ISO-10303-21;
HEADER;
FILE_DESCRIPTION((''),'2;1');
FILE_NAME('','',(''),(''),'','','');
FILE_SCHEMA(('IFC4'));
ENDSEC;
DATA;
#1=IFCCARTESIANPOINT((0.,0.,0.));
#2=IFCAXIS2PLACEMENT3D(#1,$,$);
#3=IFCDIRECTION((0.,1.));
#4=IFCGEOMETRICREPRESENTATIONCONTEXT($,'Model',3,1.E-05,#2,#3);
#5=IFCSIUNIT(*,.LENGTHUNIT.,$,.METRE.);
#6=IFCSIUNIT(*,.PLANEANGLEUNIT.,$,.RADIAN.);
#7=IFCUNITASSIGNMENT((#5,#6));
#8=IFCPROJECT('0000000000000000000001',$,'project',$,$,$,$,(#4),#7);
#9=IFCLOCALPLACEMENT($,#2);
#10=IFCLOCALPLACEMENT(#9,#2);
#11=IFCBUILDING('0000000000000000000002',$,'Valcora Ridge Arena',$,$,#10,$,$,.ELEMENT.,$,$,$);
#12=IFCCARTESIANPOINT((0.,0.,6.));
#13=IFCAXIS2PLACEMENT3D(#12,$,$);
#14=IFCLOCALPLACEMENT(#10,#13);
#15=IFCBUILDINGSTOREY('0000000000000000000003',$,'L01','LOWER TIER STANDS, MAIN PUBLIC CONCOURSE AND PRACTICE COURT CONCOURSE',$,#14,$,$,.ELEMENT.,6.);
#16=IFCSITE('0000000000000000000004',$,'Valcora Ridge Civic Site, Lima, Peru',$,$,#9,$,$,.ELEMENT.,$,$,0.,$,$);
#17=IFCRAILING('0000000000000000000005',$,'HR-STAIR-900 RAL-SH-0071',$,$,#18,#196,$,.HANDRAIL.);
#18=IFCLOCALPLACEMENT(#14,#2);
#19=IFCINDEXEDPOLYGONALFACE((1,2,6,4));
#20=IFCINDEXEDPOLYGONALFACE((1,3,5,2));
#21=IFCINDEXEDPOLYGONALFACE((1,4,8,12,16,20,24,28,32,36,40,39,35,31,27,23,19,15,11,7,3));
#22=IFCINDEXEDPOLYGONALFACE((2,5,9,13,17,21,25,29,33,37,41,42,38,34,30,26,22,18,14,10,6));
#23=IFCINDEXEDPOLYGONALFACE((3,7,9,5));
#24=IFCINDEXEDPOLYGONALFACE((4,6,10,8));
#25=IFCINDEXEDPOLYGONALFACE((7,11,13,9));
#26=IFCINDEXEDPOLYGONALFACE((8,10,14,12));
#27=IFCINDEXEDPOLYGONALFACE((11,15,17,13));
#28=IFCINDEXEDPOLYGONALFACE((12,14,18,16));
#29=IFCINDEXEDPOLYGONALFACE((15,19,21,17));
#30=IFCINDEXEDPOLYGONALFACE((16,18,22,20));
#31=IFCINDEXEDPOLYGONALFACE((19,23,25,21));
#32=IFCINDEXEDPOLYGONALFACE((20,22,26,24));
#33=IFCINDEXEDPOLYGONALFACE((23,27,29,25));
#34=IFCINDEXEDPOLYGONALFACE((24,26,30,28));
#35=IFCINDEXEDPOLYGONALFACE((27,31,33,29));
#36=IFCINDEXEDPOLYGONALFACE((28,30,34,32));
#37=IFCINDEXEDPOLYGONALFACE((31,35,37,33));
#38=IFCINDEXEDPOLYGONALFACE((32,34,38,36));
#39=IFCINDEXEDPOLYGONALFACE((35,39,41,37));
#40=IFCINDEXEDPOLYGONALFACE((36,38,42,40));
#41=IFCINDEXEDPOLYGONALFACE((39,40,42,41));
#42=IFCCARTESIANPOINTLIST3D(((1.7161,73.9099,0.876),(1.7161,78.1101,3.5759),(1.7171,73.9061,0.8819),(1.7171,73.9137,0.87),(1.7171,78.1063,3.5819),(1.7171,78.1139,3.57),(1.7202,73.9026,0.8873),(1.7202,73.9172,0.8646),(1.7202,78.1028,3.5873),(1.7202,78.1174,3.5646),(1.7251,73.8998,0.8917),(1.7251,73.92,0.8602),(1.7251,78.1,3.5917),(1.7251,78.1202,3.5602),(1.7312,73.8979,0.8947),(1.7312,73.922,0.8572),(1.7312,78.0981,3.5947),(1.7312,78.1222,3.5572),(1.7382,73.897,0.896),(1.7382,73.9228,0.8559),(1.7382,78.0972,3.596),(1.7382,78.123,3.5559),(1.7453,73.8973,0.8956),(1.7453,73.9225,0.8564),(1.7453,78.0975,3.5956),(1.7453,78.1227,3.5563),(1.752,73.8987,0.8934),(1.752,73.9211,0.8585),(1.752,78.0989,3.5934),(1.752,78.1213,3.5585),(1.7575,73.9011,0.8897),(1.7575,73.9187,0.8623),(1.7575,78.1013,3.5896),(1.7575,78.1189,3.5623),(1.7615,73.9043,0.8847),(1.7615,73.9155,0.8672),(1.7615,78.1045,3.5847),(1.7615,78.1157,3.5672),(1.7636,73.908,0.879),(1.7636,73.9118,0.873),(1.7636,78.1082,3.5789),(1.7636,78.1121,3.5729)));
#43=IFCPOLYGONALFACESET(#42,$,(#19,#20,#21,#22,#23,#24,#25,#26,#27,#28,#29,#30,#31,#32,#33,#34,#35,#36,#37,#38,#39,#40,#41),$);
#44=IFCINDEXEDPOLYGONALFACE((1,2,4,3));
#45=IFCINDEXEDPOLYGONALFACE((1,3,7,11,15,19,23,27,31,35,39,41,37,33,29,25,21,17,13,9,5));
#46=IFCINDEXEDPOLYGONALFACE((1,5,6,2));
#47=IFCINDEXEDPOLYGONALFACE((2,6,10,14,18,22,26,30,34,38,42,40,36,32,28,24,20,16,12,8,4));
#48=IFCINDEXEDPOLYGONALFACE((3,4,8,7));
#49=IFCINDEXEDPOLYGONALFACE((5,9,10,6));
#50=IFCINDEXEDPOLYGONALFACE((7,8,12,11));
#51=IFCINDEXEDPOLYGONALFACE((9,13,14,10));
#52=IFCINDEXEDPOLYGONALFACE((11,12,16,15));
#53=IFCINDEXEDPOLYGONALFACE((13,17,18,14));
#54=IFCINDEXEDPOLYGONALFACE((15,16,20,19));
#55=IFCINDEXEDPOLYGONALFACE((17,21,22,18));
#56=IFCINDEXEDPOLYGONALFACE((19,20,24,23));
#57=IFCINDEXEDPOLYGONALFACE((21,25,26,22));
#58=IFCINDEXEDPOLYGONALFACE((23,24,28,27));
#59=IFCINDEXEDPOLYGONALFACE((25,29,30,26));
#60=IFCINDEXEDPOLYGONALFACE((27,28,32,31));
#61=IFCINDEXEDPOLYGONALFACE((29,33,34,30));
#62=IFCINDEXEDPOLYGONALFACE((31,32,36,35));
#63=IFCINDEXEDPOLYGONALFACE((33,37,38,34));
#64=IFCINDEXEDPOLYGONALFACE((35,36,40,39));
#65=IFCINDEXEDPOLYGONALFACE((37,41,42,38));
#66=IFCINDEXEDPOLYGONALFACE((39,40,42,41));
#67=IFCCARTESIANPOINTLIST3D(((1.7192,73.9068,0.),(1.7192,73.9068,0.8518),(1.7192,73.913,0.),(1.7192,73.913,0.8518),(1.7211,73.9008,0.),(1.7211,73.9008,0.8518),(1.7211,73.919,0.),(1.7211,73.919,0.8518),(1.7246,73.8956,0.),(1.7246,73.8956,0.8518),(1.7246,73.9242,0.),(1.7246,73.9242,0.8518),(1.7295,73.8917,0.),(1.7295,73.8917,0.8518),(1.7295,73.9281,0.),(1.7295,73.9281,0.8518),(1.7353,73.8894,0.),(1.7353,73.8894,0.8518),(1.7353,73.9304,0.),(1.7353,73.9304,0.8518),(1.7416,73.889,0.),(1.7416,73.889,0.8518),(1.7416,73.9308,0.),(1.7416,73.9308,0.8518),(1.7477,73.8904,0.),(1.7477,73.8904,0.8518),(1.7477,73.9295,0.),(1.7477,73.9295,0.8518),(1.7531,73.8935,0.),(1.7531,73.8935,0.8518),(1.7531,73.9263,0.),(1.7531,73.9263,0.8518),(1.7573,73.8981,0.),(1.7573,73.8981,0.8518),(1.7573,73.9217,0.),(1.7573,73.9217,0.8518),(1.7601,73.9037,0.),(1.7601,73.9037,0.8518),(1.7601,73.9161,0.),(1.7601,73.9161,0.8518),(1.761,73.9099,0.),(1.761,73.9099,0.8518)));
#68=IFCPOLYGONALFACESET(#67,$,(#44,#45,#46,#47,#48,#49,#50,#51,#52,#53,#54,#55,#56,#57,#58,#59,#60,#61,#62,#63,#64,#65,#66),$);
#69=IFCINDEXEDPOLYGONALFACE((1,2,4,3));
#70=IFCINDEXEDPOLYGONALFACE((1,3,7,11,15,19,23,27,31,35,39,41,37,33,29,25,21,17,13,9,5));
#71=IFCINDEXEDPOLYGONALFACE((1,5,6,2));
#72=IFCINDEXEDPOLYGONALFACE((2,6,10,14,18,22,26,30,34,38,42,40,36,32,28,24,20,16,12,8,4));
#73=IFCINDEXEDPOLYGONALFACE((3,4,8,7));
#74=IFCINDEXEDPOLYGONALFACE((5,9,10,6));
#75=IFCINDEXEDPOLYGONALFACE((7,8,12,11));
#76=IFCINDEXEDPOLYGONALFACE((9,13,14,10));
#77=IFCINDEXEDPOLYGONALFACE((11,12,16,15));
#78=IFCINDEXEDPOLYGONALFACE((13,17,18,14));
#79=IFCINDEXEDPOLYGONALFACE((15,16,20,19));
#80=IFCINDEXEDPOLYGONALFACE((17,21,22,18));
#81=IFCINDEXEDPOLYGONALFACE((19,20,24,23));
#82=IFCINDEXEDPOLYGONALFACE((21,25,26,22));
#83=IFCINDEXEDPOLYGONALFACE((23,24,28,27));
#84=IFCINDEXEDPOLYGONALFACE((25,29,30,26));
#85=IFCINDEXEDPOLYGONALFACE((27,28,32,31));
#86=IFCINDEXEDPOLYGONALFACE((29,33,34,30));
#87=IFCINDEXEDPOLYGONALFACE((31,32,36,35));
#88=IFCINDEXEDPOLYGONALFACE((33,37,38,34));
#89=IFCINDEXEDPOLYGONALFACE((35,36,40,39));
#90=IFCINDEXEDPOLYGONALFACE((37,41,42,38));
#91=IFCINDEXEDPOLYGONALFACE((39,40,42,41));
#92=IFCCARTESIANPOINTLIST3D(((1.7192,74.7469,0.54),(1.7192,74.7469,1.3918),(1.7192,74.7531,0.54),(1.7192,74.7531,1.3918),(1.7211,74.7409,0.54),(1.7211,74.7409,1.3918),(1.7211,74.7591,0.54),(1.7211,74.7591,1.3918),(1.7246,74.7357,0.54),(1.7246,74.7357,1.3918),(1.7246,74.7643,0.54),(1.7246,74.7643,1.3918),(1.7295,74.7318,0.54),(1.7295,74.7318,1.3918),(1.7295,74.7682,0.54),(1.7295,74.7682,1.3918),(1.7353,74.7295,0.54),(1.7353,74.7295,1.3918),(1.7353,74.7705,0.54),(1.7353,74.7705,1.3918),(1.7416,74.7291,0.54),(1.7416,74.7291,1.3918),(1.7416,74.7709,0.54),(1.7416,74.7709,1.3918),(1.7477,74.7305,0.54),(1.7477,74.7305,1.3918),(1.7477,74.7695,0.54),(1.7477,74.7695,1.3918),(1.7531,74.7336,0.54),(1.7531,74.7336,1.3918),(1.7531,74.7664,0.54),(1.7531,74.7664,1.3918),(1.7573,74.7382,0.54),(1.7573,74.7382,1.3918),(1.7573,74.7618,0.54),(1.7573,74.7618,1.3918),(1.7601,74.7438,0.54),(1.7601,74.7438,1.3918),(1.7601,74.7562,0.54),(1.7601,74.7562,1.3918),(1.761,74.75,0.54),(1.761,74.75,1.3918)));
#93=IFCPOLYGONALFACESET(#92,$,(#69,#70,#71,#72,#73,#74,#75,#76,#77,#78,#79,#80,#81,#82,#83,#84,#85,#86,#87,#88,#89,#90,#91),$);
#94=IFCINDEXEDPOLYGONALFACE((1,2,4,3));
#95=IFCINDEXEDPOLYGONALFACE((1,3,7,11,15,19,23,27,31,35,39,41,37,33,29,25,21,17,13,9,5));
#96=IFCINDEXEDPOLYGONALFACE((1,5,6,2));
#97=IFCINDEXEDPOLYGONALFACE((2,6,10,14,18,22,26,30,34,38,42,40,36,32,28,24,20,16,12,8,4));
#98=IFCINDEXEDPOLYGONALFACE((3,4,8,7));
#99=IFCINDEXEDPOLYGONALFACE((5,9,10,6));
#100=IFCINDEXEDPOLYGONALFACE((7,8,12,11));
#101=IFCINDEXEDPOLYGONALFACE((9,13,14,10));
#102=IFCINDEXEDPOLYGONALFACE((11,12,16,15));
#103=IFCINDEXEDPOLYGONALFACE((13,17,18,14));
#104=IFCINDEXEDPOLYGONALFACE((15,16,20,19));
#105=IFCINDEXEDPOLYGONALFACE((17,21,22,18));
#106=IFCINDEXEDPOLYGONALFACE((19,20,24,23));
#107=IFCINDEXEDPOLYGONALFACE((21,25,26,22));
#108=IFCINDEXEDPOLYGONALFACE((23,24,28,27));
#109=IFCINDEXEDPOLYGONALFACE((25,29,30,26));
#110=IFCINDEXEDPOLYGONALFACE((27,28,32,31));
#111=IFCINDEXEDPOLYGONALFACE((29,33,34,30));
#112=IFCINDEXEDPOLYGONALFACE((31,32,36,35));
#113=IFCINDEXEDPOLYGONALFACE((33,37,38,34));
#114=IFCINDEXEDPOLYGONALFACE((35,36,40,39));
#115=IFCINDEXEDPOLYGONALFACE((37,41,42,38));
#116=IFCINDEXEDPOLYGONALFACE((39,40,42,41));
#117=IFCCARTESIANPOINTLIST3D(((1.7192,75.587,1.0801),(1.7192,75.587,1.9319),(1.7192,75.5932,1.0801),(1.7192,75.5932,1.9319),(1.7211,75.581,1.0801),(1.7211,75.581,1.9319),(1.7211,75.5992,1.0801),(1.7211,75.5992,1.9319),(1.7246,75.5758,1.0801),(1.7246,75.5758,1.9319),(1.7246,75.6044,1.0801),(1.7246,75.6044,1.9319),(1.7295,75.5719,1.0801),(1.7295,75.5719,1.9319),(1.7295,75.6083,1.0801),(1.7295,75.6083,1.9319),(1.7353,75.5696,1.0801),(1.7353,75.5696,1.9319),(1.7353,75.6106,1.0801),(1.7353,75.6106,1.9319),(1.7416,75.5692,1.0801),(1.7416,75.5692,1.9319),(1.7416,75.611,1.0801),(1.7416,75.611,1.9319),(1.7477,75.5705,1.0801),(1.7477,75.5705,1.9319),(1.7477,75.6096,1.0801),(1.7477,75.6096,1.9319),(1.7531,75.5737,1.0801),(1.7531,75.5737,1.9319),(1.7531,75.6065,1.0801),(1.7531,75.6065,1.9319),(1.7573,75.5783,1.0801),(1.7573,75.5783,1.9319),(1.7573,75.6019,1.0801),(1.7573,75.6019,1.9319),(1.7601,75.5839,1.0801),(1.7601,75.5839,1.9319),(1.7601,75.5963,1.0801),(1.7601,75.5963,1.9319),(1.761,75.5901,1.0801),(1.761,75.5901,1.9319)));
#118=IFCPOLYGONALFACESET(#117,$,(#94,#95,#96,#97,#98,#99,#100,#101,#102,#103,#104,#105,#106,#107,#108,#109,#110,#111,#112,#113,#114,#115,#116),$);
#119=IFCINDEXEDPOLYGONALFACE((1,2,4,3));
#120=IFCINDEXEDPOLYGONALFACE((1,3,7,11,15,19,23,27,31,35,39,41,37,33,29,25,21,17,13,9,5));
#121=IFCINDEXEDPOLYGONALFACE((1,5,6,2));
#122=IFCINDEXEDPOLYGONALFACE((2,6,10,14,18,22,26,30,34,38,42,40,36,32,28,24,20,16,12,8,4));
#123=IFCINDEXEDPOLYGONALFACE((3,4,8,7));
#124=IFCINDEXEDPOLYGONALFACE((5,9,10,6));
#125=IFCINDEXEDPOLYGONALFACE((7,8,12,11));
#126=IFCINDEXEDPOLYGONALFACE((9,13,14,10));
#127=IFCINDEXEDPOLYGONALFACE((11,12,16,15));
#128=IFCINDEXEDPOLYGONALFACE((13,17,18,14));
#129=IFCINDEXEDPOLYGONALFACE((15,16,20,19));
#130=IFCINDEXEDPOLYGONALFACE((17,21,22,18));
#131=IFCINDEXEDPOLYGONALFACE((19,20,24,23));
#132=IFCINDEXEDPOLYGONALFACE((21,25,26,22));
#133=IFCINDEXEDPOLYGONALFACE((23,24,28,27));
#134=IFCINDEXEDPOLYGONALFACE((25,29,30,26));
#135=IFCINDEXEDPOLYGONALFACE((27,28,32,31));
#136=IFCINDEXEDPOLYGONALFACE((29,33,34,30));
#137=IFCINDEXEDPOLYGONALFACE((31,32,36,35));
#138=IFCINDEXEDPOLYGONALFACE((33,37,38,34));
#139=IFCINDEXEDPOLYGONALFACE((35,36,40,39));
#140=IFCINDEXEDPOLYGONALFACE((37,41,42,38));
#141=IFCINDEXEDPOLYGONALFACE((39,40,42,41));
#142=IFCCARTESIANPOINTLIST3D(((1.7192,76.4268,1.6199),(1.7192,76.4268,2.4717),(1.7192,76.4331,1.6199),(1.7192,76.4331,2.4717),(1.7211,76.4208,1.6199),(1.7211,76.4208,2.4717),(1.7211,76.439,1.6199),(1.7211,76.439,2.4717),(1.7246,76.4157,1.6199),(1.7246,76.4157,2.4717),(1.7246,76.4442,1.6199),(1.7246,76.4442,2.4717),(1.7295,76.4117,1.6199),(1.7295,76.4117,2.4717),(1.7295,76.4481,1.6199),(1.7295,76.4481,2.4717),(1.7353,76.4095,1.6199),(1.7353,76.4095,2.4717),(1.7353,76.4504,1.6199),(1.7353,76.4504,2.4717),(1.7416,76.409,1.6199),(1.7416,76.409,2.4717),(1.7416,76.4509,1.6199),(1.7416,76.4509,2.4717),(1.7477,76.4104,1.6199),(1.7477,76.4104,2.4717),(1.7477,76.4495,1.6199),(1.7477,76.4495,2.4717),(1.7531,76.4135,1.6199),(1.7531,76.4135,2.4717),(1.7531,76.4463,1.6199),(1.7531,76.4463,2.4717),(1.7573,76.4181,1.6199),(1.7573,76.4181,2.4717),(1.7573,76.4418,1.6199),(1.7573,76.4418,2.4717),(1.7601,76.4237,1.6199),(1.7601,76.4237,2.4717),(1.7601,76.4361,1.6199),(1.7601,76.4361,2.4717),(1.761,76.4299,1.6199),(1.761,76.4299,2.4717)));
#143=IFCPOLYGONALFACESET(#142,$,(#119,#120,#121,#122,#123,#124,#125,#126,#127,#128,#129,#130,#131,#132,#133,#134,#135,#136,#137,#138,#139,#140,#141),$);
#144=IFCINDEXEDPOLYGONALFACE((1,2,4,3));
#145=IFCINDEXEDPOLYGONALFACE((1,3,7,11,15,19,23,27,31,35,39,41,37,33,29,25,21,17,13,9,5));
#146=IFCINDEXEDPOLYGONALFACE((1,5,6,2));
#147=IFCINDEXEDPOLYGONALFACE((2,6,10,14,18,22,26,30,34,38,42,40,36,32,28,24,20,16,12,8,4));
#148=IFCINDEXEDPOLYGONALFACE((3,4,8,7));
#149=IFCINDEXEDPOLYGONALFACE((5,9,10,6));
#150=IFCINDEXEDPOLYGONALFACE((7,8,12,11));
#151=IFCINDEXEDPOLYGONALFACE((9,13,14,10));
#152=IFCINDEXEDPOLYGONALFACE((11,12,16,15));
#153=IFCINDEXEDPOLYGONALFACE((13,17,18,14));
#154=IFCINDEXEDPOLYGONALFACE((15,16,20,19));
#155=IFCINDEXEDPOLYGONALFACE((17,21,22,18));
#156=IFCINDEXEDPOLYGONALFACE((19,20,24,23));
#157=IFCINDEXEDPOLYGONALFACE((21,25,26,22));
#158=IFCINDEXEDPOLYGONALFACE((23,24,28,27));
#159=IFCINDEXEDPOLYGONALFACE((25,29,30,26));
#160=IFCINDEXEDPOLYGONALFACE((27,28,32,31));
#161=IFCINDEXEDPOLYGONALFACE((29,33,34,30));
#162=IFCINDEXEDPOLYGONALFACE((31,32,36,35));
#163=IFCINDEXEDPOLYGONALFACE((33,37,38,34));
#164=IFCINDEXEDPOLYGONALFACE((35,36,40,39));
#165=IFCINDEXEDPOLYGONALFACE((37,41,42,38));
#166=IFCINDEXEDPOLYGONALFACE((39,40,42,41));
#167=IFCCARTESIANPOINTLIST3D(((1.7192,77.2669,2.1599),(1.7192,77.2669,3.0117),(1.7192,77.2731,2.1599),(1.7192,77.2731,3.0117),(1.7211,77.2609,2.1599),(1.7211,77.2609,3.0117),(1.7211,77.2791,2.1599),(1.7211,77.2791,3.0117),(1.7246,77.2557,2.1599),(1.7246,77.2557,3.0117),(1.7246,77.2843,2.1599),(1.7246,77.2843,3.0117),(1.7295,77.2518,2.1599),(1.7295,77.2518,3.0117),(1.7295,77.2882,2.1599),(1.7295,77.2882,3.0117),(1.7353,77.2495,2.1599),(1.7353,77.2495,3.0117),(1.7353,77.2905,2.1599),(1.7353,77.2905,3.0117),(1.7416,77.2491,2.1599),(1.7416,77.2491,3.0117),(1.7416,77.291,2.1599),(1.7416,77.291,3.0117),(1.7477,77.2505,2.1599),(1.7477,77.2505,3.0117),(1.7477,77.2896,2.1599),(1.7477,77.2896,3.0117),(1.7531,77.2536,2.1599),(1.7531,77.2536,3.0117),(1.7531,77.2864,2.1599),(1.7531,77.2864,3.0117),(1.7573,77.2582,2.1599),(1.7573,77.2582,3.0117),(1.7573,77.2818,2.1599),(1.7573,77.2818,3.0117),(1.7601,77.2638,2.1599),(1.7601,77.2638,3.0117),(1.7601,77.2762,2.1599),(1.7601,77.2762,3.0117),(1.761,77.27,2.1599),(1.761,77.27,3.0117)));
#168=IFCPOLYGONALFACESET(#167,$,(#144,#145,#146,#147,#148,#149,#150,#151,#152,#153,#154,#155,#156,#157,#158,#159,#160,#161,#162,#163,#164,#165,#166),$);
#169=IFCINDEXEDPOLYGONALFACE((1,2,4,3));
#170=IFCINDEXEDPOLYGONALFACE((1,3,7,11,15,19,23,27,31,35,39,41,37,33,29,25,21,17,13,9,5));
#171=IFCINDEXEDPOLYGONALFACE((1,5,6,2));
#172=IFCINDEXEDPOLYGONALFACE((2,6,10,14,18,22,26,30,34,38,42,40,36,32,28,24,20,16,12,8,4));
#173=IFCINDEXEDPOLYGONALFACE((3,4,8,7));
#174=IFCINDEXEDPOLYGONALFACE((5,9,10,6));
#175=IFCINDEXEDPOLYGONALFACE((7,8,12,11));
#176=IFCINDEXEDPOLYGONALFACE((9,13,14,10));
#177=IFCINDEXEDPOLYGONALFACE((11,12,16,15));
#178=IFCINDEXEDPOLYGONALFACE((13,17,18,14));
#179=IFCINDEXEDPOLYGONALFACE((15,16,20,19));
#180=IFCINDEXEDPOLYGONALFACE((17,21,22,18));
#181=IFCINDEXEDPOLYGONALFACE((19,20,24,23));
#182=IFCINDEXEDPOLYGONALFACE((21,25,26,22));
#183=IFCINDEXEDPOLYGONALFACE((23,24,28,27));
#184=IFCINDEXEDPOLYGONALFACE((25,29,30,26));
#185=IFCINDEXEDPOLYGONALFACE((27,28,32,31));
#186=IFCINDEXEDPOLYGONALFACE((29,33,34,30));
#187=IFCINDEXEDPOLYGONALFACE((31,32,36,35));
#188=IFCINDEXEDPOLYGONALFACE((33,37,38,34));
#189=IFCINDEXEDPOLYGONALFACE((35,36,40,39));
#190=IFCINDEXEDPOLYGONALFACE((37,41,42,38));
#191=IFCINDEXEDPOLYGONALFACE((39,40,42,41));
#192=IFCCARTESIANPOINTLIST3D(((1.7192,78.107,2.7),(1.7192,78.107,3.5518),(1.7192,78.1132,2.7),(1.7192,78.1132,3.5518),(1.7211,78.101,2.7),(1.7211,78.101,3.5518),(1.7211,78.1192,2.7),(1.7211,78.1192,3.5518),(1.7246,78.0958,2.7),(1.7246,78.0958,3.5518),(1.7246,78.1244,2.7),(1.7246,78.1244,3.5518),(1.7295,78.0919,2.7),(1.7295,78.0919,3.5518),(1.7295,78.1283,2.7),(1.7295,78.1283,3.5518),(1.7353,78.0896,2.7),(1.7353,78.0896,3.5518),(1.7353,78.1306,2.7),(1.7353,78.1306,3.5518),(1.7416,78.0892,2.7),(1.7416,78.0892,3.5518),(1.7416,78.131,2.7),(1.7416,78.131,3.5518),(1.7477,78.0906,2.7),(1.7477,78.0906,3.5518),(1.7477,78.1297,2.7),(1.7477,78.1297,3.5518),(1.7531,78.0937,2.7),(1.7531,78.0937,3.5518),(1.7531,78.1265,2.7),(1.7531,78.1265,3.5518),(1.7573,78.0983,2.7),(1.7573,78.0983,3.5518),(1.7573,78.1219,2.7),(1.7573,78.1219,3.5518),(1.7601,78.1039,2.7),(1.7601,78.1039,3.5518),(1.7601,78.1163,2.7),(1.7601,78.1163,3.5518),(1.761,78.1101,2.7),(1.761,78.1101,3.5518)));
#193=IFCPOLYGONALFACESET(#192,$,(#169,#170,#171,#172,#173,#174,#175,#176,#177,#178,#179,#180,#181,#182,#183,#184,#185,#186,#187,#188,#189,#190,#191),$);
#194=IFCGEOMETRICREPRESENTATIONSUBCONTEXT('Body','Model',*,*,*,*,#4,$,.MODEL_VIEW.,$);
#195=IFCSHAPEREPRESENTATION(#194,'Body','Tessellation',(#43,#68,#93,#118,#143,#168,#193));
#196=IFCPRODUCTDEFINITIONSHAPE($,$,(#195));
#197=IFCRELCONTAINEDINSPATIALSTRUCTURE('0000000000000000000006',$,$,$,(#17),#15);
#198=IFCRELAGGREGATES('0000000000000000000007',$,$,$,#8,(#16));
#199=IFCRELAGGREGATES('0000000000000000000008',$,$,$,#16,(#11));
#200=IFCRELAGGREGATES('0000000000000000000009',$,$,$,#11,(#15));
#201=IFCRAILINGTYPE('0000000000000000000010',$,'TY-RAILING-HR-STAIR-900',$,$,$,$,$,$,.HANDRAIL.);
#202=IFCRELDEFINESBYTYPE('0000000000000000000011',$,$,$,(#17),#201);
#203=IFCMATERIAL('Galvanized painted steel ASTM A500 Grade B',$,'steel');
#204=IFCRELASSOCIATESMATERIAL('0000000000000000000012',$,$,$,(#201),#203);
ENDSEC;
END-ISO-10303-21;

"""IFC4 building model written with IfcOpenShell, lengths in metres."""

from ifc_helpers import new_model, si_unit, direction, frame, origin, origin_2d, place, context, subcontext, project, spatial, circle, extrude, material, type_object, element, save


model = new_model("IFC4")

# Units and contexts
model_context = context("Model", 3, precision=1e-05, world=origin(), true_north=direction((0.0, 1.0)))
body_context = subcontext(model_context, "Body", "Model", "MODEL_VIEW")
ifc_project = project(units=[si_unit("LENGTHUNIT", "METRE"), si_unit("PLANEANGLEUNIT", "RADIAN")], contexts=[model_context])

# Site, building, storey
site_placement = place(None, origin())
site = spatial("IfcSite", under=ifc_project, at=site_placement, Name="Valcora Ridge Civic Site, Lima, Peru", CompositionType="ELEMENT", RefElevation=0.0)
building_placement = place(site_placement, origin())
building = spatial("IfcBuilding", under=site, at=building_placement, Name="Valcora Ridge Arena", CompositionType="ELEMENT")
storey_placement = place(building_placement, frame((0.0, 0.0, 6.0)))
storey = spatial("IfcBuildingStorey", under=building, at=storey_placement, Name="L01", Description="LOWER TIER STANDS, MAIN PUBLIC CONCOURSE AND PRACTICE COURT CONCOURSE", CompositionType="ELEMENT", Elevation=6.0)

# Railing
ifc_material_1 = material(Name="Galvanized painted steel ASTM A500 Grade B", Category="steel")
railing_type_1 = type_object("IfcRailingType", Name="TY-RAILING-HR-STAIR-900", PredefinedType="HANDRAIL", material=ifc_material_1)
railing_1_placement = place(storey_placement, frame((1.74, 73.9099, 0.0)))
element("IfcRailing", 1, at=railing_1_placement, inside=storey, type_object=railing_type_1, Name="HR-STAIR-900 RAL-SH-0071", PredefinedType="HANDRAIL", context=body_context, shape_type="SweptSolid", body=[
    extrude(circle(Radius=0.0239, at=origin_2d()), frame((0.0, 0.0, 0.876), z_axis=(0.0, 0.841194, 0.540733), x_axis=(-1.0, 0.0, 0.0)), (0.0, 0.0, 1.0), 4.9932),
    extrude(circle(Radius=0.021, at=origin_2d()), origin(), (0.0, 0.0, 1.0), 0.8518),
    extrude(circle(Radius=0.021, at=origin_2d()), frame((0.0, 0.8401, 0.54)), (0.0, 0.0, 1.0), 0.8518),
    extrude(circle(Radius=0.021, at=origin_2d()), frame((0.0, 1.6802, 1.0801)), (0.0, 0.0, 1.0), 0.8518),
    extrude(circle(Radius=0.021, at=origin_2d()), frame((0.0, 2.52, 1.6199)), (0.0, 0.0, 1.0), 0.8518),
    extrude(circle(Radius=0.021, at=origin_2d()), frame((0.0, 3.3601, 2.1599)), (0.0, 0.0, 1.0), 0.8518),
    extrude(circle(Radius=0.021, at=origin_2d()), frame((0.0, 4.2002, 2.7)), (0.0, 0.0, 1.0), 0.8518),
])

save(model, "model.ifc")
